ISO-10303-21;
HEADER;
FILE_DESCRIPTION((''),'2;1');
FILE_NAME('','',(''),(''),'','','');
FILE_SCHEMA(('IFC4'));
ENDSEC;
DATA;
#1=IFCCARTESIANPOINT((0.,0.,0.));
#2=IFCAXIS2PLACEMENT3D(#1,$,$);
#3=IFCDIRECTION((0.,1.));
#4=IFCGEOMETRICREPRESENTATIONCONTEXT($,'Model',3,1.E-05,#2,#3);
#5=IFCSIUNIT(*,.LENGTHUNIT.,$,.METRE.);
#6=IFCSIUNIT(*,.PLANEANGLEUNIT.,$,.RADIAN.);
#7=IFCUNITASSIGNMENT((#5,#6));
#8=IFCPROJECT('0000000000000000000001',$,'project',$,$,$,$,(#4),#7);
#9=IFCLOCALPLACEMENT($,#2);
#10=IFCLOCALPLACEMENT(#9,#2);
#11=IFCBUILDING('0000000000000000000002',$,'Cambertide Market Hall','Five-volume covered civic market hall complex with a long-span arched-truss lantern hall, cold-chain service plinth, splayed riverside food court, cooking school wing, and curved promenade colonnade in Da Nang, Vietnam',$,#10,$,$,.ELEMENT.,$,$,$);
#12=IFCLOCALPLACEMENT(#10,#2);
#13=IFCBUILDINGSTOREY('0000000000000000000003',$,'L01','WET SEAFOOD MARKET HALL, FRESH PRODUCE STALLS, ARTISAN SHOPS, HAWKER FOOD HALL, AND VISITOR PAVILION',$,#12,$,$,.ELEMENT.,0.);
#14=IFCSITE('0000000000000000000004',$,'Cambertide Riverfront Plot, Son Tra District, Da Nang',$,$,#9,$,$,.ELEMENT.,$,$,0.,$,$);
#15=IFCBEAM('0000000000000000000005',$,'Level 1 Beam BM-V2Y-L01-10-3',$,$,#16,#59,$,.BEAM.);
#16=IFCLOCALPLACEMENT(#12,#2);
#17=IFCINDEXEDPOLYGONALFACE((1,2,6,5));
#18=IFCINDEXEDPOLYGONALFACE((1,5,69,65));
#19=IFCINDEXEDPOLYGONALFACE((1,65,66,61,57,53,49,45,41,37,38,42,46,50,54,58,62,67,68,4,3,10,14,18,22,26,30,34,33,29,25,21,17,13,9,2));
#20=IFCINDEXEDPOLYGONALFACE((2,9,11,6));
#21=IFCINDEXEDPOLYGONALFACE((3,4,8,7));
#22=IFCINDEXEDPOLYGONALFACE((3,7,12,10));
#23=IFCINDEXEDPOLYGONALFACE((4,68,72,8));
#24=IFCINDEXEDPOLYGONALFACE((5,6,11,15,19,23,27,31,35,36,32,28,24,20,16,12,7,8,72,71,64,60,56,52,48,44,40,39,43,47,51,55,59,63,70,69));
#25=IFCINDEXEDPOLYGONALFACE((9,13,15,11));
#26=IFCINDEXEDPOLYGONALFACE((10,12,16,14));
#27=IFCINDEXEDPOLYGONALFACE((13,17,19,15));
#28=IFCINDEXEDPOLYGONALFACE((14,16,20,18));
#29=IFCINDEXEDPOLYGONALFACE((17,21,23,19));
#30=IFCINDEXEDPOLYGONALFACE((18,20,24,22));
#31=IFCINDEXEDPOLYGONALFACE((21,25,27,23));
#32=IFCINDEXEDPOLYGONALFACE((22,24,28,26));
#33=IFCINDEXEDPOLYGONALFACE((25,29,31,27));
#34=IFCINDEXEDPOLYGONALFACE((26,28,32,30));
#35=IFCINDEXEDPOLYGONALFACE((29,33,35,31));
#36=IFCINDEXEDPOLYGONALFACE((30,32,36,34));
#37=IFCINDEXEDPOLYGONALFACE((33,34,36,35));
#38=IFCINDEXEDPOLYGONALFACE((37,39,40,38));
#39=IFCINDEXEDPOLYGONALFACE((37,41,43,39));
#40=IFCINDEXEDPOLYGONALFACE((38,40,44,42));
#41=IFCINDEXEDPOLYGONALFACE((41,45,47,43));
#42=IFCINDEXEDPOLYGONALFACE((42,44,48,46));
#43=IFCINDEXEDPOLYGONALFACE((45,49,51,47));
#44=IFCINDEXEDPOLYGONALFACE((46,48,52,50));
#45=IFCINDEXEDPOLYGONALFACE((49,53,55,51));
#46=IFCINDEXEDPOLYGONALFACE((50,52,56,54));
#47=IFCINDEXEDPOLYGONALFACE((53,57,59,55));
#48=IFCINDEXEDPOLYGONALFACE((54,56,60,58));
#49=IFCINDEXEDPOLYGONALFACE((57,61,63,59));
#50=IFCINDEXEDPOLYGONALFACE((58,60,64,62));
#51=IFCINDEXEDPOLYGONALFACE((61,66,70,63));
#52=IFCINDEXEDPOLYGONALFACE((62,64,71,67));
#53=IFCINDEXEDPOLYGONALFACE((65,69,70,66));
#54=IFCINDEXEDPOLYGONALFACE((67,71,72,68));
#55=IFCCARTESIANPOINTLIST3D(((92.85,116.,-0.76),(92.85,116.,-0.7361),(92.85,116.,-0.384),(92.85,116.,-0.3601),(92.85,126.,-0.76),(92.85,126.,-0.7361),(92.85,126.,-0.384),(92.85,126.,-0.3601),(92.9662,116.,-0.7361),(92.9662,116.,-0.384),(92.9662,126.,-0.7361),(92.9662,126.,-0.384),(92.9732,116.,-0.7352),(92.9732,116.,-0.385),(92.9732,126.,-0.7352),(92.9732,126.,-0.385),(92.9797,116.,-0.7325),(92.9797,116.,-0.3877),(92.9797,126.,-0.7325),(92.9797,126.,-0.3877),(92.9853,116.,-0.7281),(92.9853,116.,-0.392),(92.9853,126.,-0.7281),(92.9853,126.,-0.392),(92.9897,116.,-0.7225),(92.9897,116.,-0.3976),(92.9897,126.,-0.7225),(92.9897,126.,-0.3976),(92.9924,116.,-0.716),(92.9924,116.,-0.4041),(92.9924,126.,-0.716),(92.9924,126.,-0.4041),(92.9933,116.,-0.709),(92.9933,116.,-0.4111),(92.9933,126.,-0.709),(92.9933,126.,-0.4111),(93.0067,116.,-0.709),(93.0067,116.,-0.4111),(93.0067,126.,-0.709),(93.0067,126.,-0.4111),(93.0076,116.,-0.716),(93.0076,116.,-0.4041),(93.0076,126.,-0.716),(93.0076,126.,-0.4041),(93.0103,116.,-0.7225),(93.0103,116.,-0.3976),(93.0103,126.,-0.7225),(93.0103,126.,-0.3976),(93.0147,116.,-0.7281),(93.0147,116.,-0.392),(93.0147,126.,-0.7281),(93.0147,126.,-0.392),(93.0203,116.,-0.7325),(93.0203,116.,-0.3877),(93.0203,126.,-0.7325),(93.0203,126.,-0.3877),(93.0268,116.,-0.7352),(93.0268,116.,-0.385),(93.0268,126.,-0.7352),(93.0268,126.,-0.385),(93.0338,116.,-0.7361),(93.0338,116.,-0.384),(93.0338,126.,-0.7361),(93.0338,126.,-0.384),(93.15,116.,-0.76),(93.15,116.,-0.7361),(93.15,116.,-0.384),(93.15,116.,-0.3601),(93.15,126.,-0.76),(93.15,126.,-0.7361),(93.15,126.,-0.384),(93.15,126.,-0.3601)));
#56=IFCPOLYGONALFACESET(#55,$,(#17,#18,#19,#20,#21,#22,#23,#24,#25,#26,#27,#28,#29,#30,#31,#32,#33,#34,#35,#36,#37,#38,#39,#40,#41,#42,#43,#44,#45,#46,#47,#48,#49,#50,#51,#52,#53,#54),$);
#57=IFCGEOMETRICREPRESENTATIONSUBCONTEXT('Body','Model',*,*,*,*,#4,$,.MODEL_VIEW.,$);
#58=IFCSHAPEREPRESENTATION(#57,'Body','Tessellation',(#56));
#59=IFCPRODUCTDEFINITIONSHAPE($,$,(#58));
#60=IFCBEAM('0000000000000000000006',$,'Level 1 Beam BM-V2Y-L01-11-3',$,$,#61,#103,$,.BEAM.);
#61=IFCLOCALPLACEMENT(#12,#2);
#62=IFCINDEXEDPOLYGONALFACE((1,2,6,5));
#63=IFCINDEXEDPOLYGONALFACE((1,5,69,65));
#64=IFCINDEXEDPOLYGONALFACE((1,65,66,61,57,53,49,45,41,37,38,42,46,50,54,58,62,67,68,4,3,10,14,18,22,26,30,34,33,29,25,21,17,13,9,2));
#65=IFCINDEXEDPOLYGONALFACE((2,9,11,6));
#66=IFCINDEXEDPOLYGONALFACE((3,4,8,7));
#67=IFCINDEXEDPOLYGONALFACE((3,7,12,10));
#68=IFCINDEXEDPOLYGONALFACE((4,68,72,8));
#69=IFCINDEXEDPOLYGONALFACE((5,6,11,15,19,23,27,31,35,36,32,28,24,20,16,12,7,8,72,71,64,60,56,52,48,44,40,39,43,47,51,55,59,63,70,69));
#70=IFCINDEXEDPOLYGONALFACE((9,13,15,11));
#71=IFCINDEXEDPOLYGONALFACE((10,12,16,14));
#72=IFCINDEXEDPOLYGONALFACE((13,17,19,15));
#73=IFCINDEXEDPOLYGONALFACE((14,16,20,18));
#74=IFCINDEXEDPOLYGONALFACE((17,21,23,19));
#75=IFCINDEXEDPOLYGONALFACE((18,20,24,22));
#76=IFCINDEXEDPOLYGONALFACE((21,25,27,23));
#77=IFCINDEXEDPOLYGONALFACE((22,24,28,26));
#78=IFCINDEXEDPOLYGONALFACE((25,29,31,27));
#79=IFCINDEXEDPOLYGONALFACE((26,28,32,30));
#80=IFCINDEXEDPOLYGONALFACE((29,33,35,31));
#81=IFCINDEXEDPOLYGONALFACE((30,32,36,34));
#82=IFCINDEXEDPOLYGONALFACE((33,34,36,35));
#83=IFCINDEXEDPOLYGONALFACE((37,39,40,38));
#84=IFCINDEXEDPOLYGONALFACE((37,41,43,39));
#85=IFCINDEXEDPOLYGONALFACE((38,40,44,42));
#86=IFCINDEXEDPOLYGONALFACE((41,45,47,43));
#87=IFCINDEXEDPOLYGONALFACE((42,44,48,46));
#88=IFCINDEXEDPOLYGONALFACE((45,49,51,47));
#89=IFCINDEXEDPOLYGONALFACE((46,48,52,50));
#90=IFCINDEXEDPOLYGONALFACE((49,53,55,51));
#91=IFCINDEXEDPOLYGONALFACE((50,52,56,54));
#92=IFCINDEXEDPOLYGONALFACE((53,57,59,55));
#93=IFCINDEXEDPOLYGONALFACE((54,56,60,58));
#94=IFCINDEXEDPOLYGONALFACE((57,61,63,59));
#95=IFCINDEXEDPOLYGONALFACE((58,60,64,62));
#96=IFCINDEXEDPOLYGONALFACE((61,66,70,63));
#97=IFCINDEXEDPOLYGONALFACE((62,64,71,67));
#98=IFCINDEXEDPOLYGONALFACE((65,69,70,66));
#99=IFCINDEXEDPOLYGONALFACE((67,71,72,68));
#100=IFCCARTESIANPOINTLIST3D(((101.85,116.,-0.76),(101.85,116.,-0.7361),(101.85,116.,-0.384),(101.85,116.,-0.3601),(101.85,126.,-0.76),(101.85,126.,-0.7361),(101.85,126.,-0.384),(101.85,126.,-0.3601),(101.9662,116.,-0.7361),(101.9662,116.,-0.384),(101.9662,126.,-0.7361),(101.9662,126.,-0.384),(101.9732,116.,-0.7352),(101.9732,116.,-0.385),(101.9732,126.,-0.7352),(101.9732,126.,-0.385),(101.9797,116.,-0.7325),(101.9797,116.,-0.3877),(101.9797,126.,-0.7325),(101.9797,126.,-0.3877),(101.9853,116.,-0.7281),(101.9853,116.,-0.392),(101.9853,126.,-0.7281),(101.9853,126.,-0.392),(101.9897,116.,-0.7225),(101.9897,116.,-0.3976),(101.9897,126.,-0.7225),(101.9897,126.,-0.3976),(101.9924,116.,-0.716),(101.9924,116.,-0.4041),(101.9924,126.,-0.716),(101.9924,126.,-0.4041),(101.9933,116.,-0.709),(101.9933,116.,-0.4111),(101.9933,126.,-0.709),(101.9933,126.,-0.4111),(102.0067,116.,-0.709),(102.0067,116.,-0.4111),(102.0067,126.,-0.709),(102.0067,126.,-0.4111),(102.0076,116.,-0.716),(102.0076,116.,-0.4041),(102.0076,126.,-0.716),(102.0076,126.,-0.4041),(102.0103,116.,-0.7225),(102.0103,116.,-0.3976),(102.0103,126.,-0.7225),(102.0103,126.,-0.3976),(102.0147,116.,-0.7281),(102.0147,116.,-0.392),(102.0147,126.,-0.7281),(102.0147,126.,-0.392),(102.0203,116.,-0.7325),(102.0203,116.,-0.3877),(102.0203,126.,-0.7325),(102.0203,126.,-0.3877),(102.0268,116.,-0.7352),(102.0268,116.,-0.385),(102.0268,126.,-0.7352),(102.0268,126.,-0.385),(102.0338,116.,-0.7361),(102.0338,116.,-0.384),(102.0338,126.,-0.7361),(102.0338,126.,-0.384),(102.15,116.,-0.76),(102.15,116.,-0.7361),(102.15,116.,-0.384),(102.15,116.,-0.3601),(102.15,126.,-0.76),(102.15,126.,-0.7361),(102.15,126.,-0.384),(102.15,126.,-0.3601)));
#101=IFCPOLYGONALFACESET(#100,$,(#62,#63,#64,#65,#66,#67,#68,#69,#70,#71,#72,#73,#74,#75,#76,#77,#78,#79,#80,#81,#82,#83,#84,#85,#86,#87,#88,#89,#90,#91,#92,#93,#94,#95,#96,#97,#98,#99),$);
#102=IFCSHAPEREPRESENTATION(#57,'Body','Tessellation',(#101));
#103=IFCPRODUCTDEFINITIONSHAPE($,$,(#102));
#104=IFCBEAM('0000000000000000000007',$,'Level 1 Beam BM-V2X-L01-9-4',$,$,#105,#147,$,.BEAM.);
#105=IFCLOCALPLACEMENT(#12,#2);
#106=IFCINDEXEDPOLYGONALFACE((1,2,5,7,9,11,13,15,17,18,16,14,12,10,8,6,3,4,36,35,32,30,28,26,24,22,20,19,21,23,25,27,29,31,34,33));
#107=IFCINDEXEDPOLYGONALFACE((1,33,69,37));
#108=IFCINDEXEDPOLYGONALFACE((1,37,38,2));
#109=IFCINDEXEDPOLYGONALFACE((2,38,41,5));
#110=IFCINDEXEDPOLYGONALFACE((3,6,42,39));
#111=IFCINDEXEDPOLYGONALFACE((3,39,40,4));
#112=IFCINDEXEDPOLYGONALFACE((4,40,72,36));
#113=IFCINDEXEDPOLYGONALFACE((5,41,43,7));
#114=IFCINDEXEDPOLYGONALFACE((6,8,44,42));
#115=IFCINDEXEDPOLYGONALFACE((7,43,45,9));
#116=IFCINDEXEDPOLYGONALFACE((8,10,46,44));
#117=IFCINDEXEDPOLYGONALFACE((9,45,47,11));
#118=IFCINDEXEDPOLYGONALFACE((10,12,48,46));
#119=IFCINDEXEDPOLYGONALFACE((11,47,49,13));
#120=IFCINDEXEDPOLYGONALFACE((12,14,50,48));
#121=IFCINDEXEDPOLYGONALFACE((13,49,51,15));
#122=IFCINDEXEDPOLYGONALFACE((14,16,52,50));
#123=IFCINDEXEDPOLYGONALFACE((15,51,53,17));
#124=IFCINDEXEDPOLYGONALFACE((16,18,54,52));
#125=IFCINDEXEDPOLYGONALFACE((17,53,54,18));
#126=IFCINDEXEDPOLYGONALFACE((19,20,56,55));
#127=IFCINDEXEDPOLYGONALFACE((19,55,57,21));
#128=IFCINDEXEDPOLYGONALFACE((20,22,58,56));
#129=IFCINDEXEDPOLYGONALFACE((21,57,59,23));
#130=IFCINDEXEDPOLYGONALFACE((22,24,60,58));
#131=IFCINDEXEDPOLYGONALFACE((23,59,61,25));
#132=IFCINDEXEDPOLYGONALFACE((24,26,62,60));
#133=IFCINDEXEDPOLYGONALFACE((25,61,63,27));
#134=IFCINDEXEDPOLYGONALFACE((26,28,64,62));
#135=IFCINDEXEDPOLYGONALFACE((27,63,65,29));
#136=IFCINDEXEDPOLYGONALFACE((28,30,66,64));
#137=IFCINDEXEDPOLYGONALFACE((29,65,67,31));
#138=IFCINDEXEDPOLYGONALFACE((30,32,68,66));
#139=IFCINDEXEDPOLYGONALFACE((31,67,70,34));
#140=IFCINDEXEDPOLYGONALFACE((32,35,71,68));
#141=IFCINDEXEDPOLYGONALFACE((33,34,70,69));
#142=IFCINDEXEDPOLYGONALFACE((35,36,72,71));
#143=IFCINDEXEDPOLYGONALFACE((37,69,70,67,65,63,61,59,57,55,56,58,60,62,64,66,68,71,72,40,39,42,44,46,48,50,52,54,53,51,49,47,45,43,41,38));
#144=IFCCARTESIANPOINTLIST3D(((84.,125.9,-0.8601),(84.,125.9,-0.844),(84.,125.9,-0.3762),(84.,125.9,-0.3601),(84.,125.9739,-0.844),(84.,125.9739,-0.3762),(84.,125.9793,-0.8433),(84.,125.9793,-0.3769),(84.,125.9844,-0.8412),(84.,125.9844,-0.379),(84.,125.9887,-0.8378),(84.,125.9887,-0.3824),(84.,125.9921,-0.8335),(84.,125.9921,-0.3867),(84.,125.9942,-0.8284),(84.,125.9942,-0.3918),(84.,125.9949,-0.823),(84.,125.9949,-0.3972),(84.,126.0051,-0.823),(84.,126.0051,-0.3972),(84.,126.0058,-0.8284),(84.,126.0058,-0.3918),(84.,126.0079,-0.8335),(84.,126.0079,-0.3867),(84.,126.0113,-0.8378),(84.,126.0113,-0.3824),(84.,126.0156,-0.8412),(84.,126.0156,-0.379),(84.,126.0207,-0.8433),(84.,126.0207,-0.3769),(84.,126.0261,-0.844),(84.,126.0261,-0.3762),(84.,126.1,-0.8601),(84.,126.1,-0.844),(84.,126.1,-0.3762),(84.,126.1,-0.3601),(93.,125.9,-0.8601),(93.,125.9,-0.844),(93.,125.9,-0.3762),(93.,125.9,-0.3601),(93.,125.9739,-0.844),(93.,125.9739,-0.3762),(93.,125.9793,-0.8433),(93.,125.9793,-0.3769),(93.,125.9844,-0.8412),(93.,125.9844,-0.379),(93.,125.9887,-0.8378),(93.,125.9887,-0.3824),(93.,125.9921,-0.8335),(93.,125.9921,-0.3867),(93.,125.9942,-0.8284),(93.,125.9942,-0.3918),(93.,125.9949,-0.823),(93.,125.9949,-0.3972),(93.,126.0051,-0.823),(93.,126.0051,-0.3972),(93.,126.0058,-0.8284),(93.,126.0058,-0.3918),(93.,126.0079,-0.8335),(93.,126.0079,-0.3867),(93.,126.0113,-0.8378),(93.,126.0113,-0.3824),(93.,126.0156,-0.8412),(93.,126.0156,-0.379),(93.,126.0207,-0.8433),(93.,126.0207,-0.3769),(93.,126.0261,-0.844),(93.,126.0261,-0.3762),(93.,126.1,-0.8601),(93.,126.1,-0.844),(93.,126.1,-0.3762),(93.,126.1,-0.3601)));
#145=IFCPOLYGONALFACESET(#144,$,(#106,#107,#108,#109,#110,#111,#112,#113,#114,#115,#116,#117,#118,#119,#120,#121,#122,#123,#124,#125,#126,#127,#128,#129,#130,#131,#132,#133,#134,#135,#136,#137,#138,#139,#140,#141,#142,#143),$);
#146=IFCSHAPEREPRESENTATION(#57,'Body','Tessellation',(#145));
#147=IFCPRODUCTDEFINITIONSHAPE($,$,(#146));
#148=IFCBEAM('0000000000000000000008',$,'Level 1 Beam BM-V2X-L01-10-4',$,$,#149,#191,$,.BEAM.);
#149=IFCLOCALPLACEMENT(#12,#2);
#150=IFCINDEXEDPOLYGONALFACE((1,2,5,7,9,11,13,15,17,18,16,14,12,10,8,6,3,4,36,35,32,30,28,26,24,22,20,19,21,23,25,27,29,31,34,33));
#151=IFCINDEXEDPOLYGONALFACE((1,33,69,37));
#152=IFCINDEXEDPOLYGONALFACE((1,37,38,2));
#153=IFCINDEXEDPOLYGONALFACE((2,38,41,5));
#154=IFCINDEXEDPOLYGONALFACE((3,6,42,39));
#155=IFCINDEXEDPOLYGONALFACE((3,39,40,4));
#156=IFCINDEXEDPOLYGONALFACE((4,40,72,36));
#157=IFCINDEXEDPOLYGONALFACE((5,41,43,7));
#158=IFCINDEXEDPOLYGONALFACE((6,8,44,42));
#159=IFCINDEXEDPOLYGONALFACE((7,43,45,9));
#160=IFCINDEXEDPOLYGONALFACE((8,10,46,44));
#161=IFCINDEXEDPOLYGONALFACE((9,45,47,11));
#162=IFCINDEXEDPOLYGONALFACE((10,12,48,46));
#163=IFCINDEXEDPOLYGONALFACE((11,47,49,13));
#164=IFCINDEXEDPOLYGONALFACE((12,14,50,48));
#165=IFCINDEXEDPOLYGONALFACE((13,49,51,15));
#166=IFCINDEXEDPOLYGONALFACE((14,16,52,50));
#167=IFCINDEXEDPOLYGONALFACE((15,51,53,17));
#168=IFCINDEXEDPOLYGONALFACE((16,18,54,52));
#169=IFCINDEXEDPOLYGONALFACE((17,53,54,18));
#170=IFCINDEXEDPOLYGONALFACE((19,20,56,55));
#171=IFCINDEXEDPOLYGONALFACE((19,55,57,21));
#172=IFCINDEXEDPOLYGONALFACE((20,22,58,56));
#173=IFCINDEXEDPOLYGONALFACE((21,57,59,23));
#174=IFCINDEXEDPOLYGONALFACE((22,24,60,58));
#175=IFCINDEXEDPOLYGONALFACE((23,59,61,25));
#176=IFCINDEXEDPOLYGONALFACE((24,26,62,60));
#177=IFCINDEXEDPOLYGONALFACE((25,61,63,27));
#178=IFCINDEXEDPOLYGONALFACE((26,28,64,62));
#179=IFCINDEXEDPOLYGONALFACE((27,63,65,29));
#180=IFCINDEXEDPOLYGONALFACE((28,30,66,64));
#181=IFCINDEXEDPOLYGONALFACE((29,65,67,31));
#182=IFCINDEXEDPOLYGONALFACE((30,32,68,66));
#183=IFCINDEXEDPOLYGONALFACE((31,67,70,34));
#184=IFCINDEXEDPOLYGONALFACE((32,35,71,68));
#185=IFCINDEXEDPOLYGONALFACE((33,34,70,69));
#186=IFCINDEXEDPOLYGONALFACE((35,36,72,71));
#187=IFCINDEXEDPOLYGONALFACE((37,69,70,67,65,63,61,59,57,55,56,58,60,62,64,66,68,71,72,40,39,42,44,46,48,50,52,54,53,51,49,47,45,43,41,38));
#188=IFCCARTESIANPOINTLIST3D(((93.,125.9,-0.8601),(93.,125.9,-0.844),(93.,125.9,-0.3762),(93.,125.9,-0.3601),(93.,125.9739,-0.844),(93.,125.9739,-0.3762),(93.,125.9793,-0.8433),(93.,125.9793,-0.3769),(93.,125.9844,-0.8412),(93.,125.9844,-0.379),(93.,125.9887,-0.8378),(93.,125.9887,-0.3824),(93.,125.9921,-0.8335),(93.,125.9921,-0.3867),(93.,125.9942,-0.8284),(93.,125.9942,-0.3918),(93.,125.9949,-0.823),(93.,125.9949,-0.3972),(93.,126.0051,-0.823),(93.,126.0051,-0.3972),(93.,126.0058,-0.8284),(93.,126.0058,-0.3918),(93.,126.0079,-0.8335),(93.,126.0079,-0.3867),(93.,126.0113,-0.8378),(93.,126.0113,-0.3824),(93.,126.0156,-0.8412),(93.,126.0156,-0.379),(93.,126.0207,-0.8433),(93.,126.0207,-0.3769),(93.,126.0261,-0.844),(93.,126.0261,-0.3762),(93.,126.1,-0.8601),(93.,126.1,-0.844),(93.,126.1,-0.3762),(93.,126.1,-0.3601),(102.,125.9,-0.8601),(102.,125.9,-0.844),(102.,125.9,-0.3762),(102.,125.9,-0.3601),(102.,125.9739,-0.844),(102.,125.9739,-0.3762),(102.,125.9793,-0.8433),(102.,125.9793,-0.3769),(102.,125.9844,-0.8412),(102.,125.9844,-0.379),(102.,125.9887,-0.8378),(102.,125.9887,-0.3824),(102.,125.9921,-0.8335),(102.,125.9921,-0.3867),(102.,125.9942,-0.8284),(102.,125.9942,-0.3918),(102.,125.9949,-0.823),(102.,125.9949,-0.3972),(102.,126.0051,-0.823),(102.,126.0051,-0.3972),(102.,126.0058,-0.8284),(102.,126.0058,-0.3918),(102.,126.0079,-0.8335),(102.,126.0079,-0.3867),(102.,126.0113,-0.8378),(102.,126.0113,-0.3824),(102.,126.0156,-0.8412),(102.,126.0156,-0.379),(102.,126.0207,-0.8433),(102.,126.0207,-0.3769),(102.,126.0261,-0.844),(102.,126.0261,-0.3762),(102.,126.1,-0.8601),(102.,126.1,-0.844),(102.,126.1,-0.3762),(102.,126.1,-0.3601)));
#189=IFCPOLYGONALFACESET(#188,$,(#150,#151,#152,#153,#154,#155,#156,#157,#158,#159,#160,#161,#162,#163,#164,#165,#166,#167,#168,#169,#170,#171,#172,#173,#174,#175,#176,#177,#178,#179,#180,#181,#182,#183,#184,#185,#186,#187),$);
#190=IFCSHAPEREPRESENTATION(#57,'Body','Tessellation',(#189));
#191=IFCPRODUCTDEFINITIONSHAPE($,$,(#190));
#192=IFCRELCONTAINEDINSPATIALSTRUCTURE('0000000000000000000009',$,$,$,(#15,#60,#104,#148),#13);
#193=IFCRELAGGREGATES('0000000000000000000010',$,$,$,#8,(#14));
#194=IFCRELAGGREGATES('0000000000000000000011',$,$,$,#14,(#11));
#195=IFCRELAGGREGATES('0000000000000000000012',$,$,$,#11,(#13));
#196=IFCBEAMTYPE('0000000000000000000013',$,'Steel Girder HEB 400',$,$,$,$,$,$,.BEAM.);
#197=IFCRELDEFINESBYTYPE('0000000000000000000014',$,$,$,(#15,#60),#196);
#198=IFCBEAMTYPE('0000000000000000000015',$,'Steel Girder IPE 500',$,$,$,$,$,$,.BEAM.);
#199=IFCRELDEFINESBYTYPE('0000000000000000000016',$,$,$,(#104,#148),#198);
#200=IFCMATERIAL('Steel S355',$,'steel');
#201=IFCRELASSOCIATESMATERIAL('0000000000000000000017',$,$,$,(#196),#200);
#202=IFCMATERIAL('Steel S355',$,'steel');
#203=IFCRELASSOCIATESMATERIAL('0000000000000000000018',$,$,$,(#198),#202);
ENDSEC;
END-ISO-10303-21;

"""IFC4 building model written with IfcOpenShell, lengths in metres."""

from ifc_helpers import new_model, si_unit, direction, frame, origin, origin_2d, place, context, subcontext, project, spatial, i_section, extrude, material, material_profile, profile_set, type_object, element, save


model = new_model("IFC4")

# Units and contexts
model_context = context("Model", 3, precision=1e-05, world=origin(), true_north=direction((0.0, 1.0)))
body_context = subcontext(model_context, "Body", "Model", "MODEL_VIEW")
ifc_project = project(units=[si_unit("LENGTHUNIT", "METRE"), si_unit("PLANEANGLEUNIT", "RADIAN")], contexts=[model_context])

# Site, building, storey
site_placement = place(None, origin())
site = spatial("IfcSite", under=ifc_project, at=site_placement, Name="Cambertide Riverfront Plot, Son Tra District, Da Nang", CompositionType="ELEMENT", RefElevation=0.0)
building_placement = place(site_placement, origin())
building = spatial("IfcBuilding", under=site, at=building_placement, Name="Cambertide Market Hall", Description="Five-volume covered civic market hall complex with a long-span arched-truss lantern hall, cold-chain service plinth, splayed riverside food court, cooking school wing, and curved promenade colonnade in Da Nang, Vietnam", CompositionType="ELEMENT")
storey_placement = place(building_placement, origin())
storey = spatial("IfcBuildingStorey", under=building, at=storey_placement, Name="L01", Description="WET SEAFOOD MARKET HALL, FRESH PRODUCE STALLS, ARTISAN SHOPS, HAWKER FOOD HALL, AND VISITOR PAVILION", CompositionType="ELEMENT", Elevation=0.0)

# Beams
ifc_material_1 = material(Name="Steel S355", Category="steel")
ifc_material_profile_1 = material_profile(ifc_material_1, i_section(OverallWidth=0.3, OverallDepth=0.3999, WebThickness=0.0134, FlangeThickness=0.0239, FilletRadius=0.0271, at=origin_2d()), Name="HEB 400")
ifc_profile_set_1 = profile_set([ifc_material_profile_1], Name="Steel S355")
beam_type_1 = type_object("IfcBeamType", Name="Steel Girder HEB 400", PredefinedType="BEAM", material=ifc_profile_set_1)
for number, where, z_axis, x_axis, name in (
    (1, (93.0, 116.0, -0.5601), (0.0, 1.0, 0.0), (-1.0, 0.0, 0.0), "Level 1 Beam BM-V2Y-L01-10-3"),
    (2, (102.0, 116.0, -0.5601), (0.0, 1.0, 0.0), (-1.0, 0.0, 0.0), "Level 1 Beam BM-V2Y-L01-11-3"),
):
    element("IfcBeam", number, at=place(storey_placement, frame(where, z_axis=z_axis, x_axis=x_axis)), inside=storey, type_object=beam_type_1, Name=name, PredefinedType="BEAM", context=body_context, shape_type="SweptSolid", body=[
        extrude(i_section(OverallWidth=0.3, OverallDepth=0.3999, WebThickness=0.0134, FlangeThickness=0.0239, FilletRadius=0.0271, at=origin_2d()), origin(), (0.0, 0.0, 1.0), 10.0),
    ])
ifc_material_2 = material(Name="Steel S355", Category="steel")
ifc_material_profile_2 = material_profile(ifc_material_2, i_section(OverallWidth=0.2, OverallDepth=0.5, WebThickness=0.0103, FlangeThickness=0.0161, FilletRadius=0.021, at=origin_2d()), Name="IPE 500")
ifc_profile_set_2 = profile_set([ifc_material_profile_2], Name="Steel S355")
beam_type_2 = type_object("IfcBeamType", Name="Steel Girder IPE 500", PredefinedType="BEAM", material=ifc_profile_set_2)
for number, where, z_axis, x_axis, name in (
    (3, (84.0, 126.0, -0.6101), (1.0, 0.0, 0.0), (0.0, 1.0, 0.0), "Level 1 Beam BM-V2X-L01-9-4"),
    (4, (93.0, 126.0, -0.6101), (1.0, 0.0, 0.0), (0.0, 1.0, 0.0), "Level 1 Beam BM-V2X-L01-10-4"),
):
    element("IfcBeam", number, at=place(storey_placement, frame(where, z_axis=z_axis, x_axis=x_axis)), inside=storey, type_object=beam_type_2, Name=name, PredefinedType="BEAM", context=body_context, shape_type="SweptSolid", body=[
        extrude(i_section(OverallWidth=0.2, OverallDepth=0.5, WebThickness=0.0103, FlangeThickness=0.0161, FilletRadius=0.021, at=origin_2d()), origin(), (0.0, 0.0, 1.0), 9.0),
    ])

save(model, "model.ifc")
